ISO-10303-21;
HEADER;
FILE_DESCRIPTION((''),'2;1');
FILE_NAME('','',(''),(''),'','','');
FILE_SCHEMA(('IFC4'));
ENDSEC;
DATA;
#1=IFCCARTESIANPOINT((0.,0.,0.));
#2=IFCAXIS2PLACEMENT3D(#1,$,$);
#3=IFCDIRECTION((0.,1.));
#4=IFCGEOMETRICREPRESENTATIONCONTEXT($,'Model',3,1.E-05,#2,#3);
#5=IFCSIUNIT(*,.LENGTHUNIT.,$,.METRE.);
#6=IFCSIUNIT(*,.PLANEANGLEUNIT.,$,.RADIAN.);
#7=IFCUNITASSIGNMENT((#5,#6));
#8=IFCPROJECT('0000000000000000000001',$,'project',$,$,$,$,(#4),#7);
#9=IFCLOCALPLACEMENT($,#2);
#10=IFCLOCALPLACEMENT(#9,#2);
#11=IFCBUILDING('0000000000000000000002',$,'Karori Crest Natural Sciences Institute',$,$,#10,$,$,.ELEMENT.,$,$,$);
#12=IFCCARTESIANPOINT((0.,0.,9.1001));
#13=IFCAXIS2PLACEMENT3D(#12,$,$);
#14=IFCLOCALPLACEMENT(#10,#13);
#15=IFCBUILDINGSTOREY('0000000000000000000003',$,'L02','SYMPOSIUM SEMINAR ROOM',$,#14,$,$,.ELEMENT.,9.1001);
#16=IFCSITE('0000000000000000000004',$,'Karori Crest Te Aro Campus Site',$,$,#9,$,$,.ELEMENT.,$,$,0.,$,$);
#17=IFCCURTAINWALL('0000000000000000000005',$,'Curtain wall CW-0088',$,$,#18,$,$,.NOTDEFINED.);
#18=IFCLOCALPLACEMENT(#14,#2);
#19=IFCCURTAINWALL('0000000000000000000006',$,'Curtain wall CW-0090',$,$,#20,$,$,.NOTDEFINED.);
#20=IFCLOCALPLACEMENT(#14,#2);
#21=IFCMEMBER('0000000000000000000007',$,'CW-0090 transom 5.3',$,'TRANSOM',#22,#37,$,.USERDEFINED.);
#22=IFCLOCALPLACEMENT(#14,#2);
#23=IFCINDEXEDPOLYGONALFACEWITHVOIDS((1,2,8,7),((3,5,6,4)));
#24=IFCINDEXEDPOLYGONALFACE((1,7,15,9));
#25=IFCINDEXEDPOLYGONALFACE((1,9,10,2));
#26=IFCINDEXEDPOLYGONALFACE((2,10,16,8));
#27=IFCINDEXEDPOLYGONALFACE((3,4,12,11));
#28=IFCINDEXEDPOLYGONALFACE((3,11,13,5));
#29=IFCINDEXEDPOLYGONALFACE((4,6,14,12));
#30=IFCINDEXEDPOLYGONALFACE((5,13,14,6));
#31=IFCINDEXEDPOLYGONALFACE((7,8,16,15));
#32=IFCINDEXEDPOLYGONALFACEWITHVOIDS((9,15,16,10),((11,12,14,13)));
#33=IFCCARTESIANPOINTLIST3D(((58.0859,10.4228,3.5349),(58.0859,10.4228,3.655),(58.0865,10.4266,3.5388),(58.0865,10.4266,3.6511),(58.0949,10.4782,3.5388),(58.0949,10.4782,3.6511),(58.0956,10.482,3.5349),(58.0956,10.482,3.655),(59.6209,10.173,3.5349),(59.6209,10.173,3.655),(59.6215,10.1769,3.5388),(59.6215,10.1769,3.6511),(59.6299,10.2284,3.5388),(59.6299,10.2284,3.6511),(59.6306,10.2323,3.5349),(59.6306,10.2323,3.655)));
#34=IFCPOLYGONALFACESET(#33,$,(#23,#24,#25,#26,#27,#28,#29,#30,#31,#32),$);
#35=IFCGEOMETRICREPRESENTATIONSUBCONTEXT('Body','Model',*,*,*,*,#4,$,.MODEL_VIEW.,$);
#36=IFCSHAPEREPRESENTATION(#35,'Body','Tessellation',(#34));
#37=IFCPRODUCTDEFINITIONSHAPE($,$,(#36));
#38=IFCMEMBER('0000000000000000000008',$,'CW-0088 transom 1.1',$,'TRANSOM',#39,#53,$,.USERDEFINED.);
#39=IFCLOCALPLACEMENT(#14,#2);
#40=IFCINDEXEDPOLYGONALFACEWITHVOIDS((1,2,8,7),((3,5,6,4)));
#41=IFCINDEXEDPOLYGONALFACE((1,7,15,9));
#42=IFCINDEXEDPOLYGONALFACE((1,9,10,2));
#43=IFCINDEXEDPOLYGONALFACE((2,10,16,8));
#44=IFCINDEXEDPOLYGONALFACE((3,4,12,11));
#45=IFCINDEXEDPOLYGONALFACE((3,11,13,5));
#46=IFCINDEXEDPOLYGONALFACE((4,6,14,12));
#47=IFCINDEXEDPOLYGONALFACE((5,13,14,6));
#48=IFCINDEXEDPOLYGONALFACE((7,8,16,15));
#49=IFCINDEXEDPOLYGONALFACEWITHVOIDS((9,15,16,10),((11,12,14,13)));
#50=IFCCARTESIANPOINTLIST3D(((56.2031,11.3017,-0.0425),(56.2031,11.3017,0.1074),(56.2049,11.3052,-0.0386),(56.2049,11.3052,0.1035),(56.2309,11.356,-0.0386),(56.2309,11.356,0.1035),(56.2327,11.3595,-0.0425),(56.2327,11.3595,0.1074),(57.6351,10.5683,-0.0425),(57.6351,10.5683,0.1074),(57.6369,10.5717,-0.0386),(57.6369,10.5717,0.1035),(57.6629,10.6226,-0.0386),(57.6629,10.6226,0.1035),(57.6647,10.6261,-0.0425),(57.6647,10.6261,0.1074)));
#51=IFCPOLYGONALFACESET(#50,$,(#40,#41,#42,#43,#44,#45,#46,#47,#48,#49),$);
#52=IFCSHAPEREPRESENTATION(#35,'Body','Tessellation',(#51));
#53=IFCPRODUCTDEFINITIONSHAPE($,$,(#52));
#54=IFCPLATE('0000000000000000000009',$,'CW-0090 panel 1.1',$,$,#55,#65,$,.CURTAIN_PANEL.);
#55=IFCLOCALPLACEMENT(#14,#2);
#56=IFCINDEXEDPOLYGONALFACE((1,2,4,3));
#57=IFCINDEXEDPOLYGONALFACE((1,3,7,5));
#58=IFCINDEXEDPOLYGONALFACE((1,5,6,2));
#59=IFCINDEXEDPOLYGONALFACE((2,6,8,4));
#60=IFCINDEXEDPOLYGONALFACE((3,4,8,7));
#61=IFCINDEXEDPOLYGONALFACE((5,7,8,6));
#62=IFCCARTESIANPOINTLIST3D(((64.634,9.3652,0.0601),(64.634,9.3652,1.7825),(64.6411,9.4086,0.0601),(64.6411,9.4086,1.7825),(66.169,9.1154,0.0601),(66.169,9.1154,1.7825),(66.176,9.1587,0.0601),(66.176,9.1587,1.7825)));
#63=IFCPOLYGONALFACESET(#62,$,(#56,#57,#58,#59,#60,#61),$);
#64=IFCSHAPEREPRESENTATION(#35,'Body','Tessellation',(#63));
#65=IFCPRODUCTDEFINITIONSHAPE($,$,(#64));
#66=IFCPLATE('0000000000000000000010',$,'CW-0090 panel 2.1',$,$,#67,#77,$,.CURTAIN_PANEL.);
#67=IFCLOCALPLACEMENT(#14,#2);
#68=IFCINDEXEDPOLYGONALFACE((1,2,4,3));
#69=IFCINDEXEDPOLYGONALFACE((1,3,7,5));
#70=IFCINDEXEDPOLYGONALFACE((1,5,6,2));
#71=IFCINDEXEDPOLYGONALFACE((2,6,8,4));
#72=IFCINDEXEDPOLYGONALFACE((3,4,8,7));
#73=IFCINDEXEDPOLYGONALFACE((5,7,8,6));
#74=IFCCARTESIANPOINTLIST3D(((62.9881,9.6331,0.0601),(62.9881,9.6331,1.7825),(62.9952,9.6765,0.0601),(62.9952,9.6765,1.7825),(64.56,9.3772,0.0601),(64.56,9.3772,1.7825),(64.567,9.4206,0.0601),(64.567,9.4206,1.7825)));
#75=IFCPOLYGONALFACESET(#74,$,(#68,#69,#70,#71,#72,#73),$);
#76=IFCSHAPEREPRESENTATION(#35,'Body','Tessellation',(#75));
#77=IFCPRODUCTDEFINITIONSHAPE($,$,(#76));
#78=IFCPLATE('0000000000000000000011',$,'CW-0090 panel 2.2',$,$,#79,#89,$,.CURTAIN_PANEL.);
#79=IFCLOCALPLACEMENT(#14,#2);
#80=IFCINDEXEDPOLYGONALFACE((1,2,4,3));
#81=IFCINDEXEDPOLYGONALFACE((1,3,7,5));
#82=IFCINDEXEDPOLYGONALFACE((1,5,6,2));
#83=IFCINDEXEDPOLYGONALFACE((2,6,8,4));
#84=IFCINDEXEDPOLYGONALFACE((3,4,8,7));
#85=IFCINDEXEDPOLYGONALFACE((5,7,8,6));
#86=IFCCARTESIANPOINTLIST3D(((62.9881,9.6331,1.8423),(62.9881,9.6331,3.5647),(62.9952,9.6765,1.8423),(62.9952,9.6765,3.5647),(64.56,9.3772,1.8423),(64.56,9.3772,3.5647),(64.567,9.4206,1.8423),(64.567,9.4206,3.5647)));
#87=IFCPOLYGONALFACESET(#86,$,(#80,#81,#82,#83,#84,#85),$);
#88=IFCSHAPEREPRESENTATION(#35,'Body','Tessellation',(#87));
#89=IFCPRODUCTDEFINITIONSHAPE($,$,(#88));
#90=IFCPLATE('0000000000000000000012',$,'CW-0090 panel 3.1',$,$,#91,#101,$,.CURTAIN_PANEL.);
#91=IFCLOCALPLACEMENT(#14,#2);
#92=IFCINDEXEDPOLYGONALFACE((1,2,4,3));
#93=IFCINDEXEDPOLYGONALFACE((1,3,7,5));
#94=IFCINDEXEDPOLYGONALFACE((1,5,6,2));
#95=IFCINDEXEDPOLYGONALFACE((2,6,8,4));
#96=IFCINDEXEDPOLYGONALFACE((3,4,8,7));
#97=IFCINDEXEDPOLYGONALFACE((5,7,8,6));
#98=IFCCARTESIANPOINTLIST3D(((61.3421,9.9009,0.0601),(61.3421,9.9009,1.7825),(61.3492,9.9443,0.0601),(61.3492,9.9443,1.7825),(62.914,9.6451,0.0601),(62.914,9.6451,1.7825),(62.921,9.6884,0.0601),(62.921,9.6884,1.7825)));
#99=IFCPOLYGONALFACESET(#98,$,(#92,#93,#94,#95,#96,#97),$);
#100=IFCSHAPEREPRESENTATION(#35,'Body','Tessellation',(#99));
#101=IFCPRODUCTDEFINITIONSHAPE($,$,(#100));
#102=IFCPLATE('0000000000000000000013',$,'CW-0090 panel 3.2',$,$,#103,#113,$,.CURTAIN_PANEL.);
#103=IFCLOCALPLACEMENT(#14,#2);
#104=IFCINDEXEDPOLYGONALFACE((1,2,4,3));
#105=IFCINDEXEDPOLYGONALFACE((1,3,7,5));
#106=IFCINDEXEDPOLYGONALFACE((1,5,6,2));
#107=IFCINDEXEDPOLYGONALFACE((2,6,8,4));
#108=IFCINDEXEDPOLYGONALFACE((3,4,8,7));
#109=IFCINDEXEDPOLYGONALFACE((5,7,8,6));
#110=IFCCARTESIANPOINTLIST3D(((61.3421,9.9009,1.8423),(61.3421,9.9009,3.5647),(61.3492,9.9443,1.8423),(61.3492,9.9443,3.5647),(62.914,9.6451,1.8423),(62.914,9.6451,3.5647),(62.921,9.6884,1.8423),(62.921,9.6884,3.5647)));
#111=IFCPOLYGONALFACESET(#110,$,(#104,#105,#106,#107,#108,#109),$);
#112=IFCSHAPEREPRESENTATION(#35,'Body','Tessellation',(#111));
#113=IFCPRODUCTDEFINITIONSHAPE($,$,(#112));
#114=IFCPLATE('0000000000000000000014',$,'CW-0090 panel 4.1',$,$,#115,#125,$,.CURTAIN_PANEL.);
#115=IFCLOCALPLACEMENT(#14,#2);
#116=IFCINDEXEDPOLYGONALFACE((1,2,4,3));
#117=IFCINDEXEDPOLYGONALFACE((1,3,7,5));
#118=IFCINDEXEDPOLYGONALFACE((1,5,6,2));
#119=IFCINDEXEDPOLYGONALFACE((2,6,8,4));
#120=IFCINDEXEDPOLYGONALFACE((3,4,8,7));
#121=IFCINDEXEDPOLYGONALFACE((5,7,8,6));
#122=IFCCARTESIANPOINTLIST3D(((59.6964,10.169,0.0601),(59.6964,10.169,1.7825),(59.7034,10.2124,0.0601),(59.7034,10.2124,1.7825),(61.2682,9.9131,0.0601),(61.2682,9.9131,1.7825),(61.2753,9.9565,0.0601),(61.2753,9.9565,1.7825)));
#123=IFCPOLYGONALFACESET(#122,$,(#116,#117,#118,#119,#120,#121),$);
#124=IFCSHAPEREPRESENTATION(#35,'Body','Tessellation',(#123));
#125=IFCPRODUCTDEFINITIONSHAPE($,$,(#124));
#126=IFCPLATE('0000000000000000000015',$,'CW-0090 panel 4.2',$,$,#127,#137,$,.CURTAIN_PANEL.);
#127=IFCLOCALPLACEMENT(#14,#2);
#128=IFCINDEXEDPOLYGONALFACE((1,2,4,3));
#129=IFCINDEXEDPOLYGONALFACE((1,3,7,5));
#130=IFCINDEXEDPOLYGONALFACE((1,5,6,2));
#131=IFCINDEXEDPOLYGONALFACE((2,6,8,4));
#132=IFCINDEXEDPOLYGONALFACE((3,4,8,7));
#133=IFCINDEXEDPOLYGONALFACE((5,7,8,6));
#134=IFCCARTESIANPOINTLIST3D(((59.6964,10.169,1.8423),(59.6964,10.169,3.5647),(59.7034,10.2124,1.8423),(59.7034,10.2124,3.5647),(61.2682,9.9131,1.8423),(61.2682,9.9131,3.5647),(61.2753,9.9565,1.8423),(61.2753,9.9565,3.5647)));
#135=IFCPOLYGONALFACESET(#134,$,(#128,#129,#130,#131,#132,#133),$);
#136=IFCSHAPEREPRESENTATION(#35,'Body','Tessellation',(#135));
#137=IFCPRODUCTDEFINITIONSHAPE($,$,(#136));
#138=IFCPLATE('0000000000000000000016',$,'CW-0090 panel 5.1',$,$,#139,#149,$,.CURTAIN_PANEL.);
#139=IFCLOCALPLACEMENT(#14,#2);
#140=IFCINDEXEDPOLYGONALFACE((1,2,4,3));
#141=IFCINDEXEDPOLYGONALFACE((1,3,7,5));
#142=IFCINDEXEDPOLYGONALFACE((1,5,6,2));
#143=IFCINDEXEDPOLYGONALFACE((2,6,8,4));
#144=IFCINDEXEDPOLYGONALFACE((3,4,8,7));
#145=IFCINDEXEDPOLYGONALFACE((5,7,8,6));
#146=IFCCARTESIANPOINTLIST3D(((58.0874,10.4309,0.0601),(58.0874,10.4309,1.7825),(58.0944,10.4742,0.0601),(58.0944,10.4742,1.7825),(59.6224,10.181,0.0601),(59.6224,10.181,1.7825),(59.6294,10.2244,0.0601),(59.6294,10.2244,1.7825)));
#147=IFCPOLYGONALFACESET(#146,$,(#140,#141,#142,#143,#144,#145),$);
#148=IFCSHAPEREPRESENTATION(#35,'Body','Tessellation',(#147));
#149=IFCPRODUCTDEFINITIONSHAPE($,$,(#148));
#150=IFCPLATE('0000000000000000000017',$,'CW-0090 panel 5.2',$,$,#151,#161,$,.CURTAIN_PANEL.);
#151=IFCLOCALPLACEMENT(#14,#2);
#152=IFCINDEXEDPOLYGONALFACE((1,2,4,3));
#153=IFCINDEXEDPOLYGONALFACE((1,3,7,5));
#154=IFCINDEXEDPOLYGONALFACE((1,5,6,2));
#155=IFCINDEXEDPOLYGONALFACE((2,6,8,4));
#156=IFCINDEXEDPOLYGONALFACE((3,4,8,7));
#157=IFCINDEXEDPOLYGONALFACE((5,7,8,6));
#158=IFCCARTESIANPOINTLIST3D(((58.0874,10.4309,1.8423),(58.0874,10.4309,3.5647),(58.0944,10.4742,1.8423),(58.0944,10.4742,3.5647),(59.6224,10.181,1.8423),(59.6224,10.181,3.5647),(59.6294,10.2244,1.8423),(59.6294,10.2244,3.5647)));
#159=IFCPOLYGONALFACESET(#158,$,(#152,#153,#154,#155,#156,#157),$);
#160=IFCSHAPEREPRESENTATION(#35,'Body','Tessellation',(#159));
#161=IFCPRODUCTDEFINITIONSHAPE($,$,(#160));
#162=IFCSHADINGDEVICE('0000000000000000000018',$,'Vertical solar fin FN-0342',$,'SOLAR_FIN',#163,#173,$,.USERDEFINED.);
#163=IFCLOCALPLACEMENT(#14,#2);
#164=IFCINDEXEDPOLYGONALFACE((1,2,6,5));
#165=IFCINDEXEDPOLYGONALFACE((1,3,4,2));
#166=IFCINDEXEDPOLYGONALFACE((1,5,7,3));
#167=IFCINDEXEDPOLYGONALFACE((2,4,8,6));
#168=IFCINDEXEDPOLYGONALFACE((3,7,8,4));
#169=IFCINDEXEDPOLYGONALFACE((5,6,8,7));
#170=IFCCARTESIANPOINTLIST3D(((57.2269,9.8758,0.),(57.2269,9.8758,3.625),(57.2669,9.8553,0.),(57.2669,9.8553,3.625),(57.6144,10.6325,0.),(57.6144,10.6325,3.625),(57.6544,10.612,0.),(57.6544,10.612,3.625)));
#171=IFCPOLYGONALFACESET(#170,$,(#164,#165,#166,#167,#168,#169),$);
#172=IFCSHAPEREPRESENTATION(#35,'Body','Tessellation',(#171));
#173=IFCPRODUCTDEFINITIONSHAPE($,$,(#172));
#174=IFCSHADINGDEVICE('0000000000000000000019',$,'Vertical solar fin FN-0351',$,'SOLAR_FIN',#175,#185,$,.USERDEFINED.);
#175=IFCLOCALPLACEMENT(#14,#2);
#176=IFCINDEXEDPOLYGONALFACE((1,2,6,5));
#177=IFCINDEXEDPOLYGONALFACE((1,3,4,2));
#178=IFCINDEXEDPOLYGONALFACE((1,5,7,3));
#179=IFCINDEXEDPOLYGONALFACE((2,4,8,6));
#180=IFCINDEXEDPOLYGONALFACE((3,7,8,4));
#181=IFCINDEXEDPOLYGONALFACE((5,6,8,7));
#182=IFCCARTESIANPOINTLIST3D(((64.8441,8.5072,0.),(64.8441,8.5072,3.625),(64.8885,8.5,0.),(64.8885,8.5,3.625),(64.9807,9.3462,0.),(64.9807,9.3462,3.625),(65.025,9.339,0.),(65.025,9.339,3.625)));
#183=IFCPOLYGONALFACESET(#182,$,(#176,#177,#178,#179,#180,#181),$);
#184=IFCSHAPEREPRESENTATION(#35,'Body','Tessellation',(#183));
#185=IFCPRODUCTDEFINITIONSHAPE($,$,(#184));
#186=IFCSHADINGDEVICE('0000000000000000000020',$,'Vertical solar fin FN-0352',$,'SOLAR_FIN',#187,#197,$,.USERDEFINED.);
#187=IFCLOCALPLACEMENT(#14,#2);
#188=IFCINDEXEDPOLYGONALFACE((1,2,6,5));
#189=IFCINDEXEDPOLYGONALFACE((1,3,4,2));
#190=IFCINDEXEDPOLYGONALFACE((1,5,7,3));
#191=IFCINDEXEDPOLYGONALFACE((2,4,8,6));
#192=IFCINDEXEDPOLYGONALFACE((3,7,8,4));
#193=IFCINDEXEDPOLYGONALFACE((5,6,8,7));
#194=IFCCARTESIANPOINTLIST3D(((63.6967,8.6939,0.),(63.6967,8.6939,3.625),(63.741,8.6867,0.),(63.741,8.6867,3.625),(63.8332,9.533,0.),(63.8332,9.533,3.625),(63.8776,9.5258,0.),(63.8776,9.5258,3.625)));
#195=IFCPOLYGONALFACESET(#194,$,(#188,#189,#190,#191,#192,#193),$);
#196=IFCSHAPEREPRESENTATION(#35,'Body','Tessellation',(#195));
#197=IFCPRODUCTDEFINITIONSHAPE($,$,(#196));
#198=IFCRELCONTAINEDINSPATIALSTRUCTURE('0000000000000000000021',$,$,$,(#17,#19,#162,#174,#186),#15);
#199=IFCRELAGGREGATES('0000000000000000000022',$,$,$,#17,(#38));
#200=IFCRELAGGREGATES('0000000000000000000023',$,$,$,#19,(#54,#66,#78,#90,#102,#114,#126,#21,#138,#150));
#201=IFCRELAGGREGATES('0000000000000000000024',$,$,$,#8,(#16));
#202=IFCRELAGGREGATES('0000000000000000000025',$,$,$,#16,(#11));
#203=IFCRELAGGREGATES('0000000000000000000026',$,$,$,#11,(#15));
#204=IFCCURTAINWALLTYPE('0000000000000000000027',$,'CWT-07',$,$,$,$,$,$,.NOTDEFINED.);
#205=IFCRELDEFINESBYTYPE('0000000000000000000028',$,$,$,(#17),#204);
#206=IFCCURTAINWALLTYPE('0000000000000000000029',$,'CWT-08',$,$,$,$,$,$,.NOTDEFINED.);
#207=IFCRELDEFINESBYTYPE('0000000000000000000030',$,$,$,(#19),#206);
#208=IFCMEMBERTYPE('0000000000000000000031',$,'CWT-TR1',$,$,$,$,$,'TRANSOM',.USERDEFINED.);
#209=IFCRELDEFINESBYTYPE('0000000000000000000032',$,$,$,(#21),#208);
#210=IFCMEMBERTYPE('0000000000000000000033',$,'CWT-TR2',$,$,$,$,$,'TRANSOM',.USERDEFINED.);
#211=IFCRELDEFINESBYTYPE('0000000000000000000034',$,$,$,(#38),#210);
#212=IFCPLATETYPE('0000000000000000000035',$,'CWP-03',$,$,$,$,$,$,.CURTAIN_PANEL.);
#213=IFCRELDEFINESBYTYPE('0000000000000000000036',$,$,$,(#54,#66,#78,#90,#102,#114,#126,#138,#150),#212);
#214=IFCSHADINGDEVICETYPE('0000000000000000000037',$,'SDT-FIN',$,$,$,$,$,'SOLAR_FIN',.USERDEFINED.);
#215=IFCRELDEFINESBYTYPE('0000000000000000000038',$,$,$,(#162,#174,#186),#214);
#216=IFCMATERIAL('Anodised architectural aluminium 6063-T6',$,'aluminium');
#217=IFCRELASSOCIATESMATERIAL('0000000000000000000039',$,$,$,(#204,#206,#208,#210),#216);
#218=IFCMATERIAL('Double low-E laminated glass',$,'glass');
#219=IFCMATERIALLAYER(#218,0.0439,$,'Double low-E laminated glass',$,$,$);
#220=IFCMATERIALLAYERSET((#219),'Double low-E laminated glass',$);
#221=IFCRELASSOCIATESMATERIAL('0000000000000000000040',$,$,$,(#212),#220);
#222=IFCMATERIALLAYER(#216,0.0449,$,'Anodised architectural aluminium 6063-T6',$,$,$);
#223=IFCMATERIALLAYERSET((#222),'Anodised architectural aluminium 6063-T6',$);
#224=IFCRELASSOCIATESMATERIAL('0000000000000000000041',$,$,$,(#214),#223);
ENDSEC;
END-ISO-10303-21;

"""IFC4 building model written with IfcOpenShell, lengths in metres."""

from ifc_helpers import new_model, si_unit, direction, frame, origin, origin_2d, place, context, subcontext, project, spatial, rectangle, hollow_rectangle, extrude, material, layer, layer_set, material_profile, profile_set, type_object, element, aggregate, save


model = new_model("IFC4")

# Units and contexts
model_context = context("Model", 3, precision=1e-05, world=origin(), true_north=direction((0.0, 1.0)))
body_context = subcontext(model_context, "Body", "Model", "MODEL_VIEW")
ifc_project = project(units=[si_unit("LENGTHUNIT", "METRE"), si_unit("PLANEANGLEUNIT", "RADIAN")], contexts=[model_context])

# Site, building, storey
site_placement = place(None, origin())
site = spatial("IfcSite", under=ifc_project, at=site_placement, Name="Karori Crest Te Aro Campus Site", CompositionType="ELEMENT", RefElevation=0.0)
building_placement = place(site_placement, origin())
building = spatial("IfcBuilding", under=site, at=building_placement, Name="Karori Crest Natural Sciences Institute", CompositionType="ELEMENT")
storey_placement = place(building_placement, frame((0.0, 0.0, 9.1001)))
storey = spatial("IfcBuildingStorey", under=building, at=storey_placement, Name="L02", Description="SYMPOSIUM SEMINAR ROOM", CompositionType="ELEMENT", Elevation=9.1001)

# Curtain wall
ifc_material_1 = material(Name="Anodised architectural aluminium 6063-T6", Category="aluminium")
curtain_wall_type_1 = type_object("IfcCurtainWallType", Name="CWT-07", PredefinedType="NOTDEFINED", material=ifc_material_1)
curtain_wall_1_placement = place(storey_placement, origin())
curtain_wall_1 = element("IfcCurtainWall", 1, at=curtain_wall_1_placement, inside=storey, type_object=curtain_wall_type_1, Name="Curtain wall CW-0088", PredefinedType="NOTDEFINED")

# Curtain wall, member
curtain_wall_type_2 = type_object("IfcCurtainWallType", Name="CWT-08", PredefinedType="NOTDEFINED", material=ifc_material_1)
curtain_wall_2_placement = place(storey_placement, origin())
curtain_wall_2 = element("IfcCurtainWall", 2, at=curtain_wall_2_placement, inside=storey, type_object=curtain_wall_type_2, Name="Curtain wall CW-0090", PredefinedType="NOTDEFINED")
ifc_material_profile_1 = material_profile(ifc_material_1, hollow_rectangle(XDim=0.0601, YDim=0.1201, WallThickness=0.0039, at=origin_2d()), Name="CWT120x60x4")
ifc_profile_set_1 = profile_set([ifc_material_profile_1], Name="Anodised architectural aluminium 6063-T6")
member_type_1 = type_object("IfcMemberType", Name="CWT-TR1", ElementType="TRANSOM", PredefinedType="USERDEFINED", material=ifc_profile_set_1)
member_1_placement = place(storey_placement, frame((59.6257, 10.2026, 3.595), z_axis=(-0.987019, 0.160604, 0.0), x_axis=(-0.160604, -0.987019, 0.0)))
member_1 = element("IfcMember", 3, at=member_1_placement, type_object=member_type_1, Name="CW-0090 transom 5.3", ObjectType="TRANSOM", PredefinedType="USERDEFINED", context=body_context, shape_type="SweptSolid", body=[
    extrude(hollow_rectangle(XDim=0.0601, YDim=0.1201, WallThickness=0.0039, at=origin_2d()), origin(), (0.0, 0.0, 1.0), 1.5552),
])

# Member
ifc_material_profile_2 = material_profile(ifc_material_1, hollow_rectangle(XDim=0.0649, YDim=0.1499, WallThickness=0.0039, at=origin_2d()), Name="CWT150x65x4")
ifc_profile_set_2 = profile_set([ifc_material_profile_2], Name="Anodised architectural aluminium 6063-T6")
member_type_2 = type_object("IfcMemberType", Name="CWT-TR2", ElementType="TRANSOM", PredefinedType="USERDEFINED", material=ifc_profile_set_2)
member_2_placement = place(storey_placement, frame((57.6499, 10.5972, 0.0325), z_axis=(-0.890045, 0.455873, 0.0), x_axis=(-0.455873, -0.890045, 0.0)))
member_2 = element("IfcMember", 4, at=member_2_placement, type_object=member_type_2, Name="CW-0088 transom 1.1", ObjectType="TRANSOM", PredefinedType="USERDEFINED", context=body_context, shape_type="SweptSolid", body=[
    extrude(hollow_rectangle(XDim=0.0649, YDim=0.1499, WallThickness=0.0039, at=origin_2d()), origin(), (0.0, 0.0, 1.0), 1.6089),
])
aggregate(curtain_wall_1, [member_2])

# Plates
ifc_material_2 = material(Name="Double low-E laminated glass", Category="glass")
ifc_layer_1 = layer(ifc_material_2, 0.0439, Name="Double low-E laminated glass")
ifc_layer_set_1 = layer_set([ifc_layer_1], Name="Double low-E laminated glass")
plate_type = type_object("IfcPlateType", Name="CWP-03", PredefinedType="CURTAIN_PANEL", material=ifc_layer_set_1)
plate_1_placement = place(storey_placement, frame((65.405, 9.262, 0.0601), z_axis=(0.0, 0.0, 1.0), x_axis=(-0.987011, 0.160652, 0.0)))
plate_1 = element("IfcPlate", 5, at=plate_1_placement, type_object=plate_type, Name="CW-0090 panel 1.1", PredefinedType="CURTAIN_PANEL", context=body_context, shape_type="SweptSolid", body=[
    extrude(rectangle(XDim=1.5552, YDim=0.0439, at=origin_2d()), origin(), (0.0, 0.0, 1.0), 1.7224),
])
plate_2_placement = place(storey_placement, frame((63.7776, 9.5269, 0.0601), z_axis=(0.0, 0.0, 1.0), x_axis=(-0.987011, 0.160652, 0.0)))
plate_2 = element("IfcPlate", 6, at=plate_2_placement, type_object=plate_type, Name="CW-0090 panel 2.1", PredefinedType="CURTAIN_PANEL", context=body_context, shape_type="SweptSolid", body=[
    extrude(rectangle(XDim=1.5925, YDim=0.0439, at=origin_2d()), origin(), (0.0, 0.0, 1.0), 1.7224),
])
plate_3_placement = place(storey_placement, frame((63.7776, 9.5269, 1.8423), z_axis=(0.0, 0.0, 1.0), x_axis=(-0.987011, 0.160652, 0.0)))
plate_3 = element("IfcPlate", 7, at=plate_3_placement, type_object=plate_type, Name="CW-0090 panel 2.2", PredefinedType="CURTAIN_PANEL", context=body_context, shape_type="SweptSolid", body=[
    extrude(rectangle(XDim=1.5925, YDim=0.0439, at=origin_2d()), origin(), (0.0, 0.0, 1.0), 1.7224),
])
plate_4_placement = place(storey_placement, frame((62.1316, 9.7947, 0.0601), z_axis=(0.0, 0.0, 1.0), x_axis=(-0.987011, 0.160652, 0.0)))
plate_4 = element("IfcPlate", 8, at=plate_4_placement, type_object=plate_type, Name="CW-0090 panel 3.1", PredefinedType="CURTAIN_PANEL", context=body_context, shape_type="SweptSolid", body=[
    extrude(rectangle(XDim=1.5925, YDim=0.0439, at=origin_2d()), origin(), (0.0, 0.0, 1.0), 1.7224),
])
plate_5_placement = place(storey_placement, frame((62.1316, 9.7947, 1.8423), z_axis=(0.0, 0.0, 1.0), x_axis=(-0.987011, 0.160652, 0.0)))
plate_5 = element("IfcPlate", 9, at=plate_5_placement, type_object=plate_type, Name="CW-0090 panel 3.2", PredefinedType="CURTAIN_PANEL", context=body_context, shape_type="SweptSolid", body=[
    extrude(rectangle(XDim=1.5925, YDim=0.0439, at=origin_2d()), origin(), (0.0, 0.0, 1.0), 1.7224),
])
plate_6_placement = place(storey_placement, frame((60.4858, 10.0627, 0.0601), z_axis=(0.0, 0.0, 1.0), x_axis=(-0.987011, 0.160652, 0.0)))
plate_6 = element("IfcPlate", 10, at=plate_6_placement, type_object=plate_type, Name="CW-0090 panel 4.1", PredefinedType="CURTAIN_PANEL", context=body_context, shape_type="SweptSolid", body=[
    extrude(rectangle(XDim=1.5925, YDim=0.0439, at=origin_2d()), origin(), (0.0, 0.0, 1.0), 1.7224),
])
plate_7_placement = place(storey_placement, frame((60.4858, 10.0627, 1.8423), z_axis=(0.0, 0.0, 1.0), x_axis=(-0.987011, 0.160652, 0.0)))
plate_7 = element("IfcPlate", 11, at=plate_7_placement, type_object=plate_type, Name="CW-0090 panel 4.2", PredefinedType="CURTAIN_PANEL", context=body_context, shape_type="SweptSolid", body=[
    extrude(rectangle(XDim=1.5925, YDim=0.0439, at=origin_2d()), origin(), (0.0, 0.0, 1.0), 1.7224),
])
plate_8_placement = place(storey_placement, frame((58.8584, 10.3276, 0.0601), z_axis=(0.0, 0.0, 1.0), x_axis=(-0.987011, 0.160652, 0.0)))
plate_8 = element("IfcPlate", 12, at=plate_8_placement, type_object=plate_type, Name="CW-0090 panel 5.1", PredefinedType="CURTAIN_PANEL", context=body_context, shape_type="SweptSolid", body=[
    extrude(rectangle(XDim=1.5552, YDim=0.0439, at=origin_2d()), origin(), (0.0, 0.0, 1.0), 1.7224),
])
plate_9_placement = place(storey_placement, frame((58.8584, 10.3276, 1.8423), z_axis=(0.0, 0.0, 1.0), x_axis=(-0.987011, 0.160652, 0.0)))
plate_9 = element("IfcPlate", 13, at=plate_9_placement, type_object=plate_type, Name="CW-0090 panel 5.2", PredefinedType="CURTAIN_PANEL", context=body_context, shape_type="SweptSolid", body=[
    extrude(rectangle(XDim=1.5552, YDim=0.0439, at=origin_2d()), origin(), (0.0, 0.0, 1.0), 1.7224),
])
aggregate(curtain_wall_2, [plate_1, plate_2, plate_3, plate_4, plate_5, plate_6, plate_7, member_1, plate_8, plate_9])

# Shading devices
ifc_layer_2 = layer(ifc_material_1, 0.0449, Name="Anodised architectural aluminium 6063-T6")
ifc_layer_set_2 = layer_set([ifc_layer_2], Name="Anodised architectural aluminium 6063-T6")
shading_device_type = type_object("IfcShadingDeviceType", Name="SDT-FIN", ElementType="SOLAR_FIN", PredefinedType="USERDEFINED", material=ifc_layer_set_2)
for number, where, z_axis, x_axis, name in (
    (14, (57.4407, 10.2439, 0.0), (0.0, 0.0, 1.0), (-0.455832, -0.890066, 0.0), "Vertical solar fin FN-0342"),
    (15, (64.9346, 8.9231, 0.0), (0.0, 0.0, 1.0), (-0.160651, -0.987011, 0.0), "Vertical solar fin FN-0351"),
    (16, (63.7871, 9.1099, 0.0), (0.0, 0.0, 1.0), (-0.160651, -0.987011, 0.0), "Vertical solar fin FN-0352"),
):
    element("IfcShadingDevice", number, at=place(storey_placement, frame(where, z_axis=z_axis, x_axis=x_axis)), inside=storey, type_object=shading_device_type, Name=name, ObjectType="SOLAR_FIN", PredefinedType="USERDEFINED", context=body_context, shape_type="SweptSolid", body=[
        extrude(rectangle(XDim=0.8501, YDim=0.0449, at=origin_2d()), origin(), (0.0, 0.0, 1.0), 3.625),
    ])

save(model, "model.ifc")
